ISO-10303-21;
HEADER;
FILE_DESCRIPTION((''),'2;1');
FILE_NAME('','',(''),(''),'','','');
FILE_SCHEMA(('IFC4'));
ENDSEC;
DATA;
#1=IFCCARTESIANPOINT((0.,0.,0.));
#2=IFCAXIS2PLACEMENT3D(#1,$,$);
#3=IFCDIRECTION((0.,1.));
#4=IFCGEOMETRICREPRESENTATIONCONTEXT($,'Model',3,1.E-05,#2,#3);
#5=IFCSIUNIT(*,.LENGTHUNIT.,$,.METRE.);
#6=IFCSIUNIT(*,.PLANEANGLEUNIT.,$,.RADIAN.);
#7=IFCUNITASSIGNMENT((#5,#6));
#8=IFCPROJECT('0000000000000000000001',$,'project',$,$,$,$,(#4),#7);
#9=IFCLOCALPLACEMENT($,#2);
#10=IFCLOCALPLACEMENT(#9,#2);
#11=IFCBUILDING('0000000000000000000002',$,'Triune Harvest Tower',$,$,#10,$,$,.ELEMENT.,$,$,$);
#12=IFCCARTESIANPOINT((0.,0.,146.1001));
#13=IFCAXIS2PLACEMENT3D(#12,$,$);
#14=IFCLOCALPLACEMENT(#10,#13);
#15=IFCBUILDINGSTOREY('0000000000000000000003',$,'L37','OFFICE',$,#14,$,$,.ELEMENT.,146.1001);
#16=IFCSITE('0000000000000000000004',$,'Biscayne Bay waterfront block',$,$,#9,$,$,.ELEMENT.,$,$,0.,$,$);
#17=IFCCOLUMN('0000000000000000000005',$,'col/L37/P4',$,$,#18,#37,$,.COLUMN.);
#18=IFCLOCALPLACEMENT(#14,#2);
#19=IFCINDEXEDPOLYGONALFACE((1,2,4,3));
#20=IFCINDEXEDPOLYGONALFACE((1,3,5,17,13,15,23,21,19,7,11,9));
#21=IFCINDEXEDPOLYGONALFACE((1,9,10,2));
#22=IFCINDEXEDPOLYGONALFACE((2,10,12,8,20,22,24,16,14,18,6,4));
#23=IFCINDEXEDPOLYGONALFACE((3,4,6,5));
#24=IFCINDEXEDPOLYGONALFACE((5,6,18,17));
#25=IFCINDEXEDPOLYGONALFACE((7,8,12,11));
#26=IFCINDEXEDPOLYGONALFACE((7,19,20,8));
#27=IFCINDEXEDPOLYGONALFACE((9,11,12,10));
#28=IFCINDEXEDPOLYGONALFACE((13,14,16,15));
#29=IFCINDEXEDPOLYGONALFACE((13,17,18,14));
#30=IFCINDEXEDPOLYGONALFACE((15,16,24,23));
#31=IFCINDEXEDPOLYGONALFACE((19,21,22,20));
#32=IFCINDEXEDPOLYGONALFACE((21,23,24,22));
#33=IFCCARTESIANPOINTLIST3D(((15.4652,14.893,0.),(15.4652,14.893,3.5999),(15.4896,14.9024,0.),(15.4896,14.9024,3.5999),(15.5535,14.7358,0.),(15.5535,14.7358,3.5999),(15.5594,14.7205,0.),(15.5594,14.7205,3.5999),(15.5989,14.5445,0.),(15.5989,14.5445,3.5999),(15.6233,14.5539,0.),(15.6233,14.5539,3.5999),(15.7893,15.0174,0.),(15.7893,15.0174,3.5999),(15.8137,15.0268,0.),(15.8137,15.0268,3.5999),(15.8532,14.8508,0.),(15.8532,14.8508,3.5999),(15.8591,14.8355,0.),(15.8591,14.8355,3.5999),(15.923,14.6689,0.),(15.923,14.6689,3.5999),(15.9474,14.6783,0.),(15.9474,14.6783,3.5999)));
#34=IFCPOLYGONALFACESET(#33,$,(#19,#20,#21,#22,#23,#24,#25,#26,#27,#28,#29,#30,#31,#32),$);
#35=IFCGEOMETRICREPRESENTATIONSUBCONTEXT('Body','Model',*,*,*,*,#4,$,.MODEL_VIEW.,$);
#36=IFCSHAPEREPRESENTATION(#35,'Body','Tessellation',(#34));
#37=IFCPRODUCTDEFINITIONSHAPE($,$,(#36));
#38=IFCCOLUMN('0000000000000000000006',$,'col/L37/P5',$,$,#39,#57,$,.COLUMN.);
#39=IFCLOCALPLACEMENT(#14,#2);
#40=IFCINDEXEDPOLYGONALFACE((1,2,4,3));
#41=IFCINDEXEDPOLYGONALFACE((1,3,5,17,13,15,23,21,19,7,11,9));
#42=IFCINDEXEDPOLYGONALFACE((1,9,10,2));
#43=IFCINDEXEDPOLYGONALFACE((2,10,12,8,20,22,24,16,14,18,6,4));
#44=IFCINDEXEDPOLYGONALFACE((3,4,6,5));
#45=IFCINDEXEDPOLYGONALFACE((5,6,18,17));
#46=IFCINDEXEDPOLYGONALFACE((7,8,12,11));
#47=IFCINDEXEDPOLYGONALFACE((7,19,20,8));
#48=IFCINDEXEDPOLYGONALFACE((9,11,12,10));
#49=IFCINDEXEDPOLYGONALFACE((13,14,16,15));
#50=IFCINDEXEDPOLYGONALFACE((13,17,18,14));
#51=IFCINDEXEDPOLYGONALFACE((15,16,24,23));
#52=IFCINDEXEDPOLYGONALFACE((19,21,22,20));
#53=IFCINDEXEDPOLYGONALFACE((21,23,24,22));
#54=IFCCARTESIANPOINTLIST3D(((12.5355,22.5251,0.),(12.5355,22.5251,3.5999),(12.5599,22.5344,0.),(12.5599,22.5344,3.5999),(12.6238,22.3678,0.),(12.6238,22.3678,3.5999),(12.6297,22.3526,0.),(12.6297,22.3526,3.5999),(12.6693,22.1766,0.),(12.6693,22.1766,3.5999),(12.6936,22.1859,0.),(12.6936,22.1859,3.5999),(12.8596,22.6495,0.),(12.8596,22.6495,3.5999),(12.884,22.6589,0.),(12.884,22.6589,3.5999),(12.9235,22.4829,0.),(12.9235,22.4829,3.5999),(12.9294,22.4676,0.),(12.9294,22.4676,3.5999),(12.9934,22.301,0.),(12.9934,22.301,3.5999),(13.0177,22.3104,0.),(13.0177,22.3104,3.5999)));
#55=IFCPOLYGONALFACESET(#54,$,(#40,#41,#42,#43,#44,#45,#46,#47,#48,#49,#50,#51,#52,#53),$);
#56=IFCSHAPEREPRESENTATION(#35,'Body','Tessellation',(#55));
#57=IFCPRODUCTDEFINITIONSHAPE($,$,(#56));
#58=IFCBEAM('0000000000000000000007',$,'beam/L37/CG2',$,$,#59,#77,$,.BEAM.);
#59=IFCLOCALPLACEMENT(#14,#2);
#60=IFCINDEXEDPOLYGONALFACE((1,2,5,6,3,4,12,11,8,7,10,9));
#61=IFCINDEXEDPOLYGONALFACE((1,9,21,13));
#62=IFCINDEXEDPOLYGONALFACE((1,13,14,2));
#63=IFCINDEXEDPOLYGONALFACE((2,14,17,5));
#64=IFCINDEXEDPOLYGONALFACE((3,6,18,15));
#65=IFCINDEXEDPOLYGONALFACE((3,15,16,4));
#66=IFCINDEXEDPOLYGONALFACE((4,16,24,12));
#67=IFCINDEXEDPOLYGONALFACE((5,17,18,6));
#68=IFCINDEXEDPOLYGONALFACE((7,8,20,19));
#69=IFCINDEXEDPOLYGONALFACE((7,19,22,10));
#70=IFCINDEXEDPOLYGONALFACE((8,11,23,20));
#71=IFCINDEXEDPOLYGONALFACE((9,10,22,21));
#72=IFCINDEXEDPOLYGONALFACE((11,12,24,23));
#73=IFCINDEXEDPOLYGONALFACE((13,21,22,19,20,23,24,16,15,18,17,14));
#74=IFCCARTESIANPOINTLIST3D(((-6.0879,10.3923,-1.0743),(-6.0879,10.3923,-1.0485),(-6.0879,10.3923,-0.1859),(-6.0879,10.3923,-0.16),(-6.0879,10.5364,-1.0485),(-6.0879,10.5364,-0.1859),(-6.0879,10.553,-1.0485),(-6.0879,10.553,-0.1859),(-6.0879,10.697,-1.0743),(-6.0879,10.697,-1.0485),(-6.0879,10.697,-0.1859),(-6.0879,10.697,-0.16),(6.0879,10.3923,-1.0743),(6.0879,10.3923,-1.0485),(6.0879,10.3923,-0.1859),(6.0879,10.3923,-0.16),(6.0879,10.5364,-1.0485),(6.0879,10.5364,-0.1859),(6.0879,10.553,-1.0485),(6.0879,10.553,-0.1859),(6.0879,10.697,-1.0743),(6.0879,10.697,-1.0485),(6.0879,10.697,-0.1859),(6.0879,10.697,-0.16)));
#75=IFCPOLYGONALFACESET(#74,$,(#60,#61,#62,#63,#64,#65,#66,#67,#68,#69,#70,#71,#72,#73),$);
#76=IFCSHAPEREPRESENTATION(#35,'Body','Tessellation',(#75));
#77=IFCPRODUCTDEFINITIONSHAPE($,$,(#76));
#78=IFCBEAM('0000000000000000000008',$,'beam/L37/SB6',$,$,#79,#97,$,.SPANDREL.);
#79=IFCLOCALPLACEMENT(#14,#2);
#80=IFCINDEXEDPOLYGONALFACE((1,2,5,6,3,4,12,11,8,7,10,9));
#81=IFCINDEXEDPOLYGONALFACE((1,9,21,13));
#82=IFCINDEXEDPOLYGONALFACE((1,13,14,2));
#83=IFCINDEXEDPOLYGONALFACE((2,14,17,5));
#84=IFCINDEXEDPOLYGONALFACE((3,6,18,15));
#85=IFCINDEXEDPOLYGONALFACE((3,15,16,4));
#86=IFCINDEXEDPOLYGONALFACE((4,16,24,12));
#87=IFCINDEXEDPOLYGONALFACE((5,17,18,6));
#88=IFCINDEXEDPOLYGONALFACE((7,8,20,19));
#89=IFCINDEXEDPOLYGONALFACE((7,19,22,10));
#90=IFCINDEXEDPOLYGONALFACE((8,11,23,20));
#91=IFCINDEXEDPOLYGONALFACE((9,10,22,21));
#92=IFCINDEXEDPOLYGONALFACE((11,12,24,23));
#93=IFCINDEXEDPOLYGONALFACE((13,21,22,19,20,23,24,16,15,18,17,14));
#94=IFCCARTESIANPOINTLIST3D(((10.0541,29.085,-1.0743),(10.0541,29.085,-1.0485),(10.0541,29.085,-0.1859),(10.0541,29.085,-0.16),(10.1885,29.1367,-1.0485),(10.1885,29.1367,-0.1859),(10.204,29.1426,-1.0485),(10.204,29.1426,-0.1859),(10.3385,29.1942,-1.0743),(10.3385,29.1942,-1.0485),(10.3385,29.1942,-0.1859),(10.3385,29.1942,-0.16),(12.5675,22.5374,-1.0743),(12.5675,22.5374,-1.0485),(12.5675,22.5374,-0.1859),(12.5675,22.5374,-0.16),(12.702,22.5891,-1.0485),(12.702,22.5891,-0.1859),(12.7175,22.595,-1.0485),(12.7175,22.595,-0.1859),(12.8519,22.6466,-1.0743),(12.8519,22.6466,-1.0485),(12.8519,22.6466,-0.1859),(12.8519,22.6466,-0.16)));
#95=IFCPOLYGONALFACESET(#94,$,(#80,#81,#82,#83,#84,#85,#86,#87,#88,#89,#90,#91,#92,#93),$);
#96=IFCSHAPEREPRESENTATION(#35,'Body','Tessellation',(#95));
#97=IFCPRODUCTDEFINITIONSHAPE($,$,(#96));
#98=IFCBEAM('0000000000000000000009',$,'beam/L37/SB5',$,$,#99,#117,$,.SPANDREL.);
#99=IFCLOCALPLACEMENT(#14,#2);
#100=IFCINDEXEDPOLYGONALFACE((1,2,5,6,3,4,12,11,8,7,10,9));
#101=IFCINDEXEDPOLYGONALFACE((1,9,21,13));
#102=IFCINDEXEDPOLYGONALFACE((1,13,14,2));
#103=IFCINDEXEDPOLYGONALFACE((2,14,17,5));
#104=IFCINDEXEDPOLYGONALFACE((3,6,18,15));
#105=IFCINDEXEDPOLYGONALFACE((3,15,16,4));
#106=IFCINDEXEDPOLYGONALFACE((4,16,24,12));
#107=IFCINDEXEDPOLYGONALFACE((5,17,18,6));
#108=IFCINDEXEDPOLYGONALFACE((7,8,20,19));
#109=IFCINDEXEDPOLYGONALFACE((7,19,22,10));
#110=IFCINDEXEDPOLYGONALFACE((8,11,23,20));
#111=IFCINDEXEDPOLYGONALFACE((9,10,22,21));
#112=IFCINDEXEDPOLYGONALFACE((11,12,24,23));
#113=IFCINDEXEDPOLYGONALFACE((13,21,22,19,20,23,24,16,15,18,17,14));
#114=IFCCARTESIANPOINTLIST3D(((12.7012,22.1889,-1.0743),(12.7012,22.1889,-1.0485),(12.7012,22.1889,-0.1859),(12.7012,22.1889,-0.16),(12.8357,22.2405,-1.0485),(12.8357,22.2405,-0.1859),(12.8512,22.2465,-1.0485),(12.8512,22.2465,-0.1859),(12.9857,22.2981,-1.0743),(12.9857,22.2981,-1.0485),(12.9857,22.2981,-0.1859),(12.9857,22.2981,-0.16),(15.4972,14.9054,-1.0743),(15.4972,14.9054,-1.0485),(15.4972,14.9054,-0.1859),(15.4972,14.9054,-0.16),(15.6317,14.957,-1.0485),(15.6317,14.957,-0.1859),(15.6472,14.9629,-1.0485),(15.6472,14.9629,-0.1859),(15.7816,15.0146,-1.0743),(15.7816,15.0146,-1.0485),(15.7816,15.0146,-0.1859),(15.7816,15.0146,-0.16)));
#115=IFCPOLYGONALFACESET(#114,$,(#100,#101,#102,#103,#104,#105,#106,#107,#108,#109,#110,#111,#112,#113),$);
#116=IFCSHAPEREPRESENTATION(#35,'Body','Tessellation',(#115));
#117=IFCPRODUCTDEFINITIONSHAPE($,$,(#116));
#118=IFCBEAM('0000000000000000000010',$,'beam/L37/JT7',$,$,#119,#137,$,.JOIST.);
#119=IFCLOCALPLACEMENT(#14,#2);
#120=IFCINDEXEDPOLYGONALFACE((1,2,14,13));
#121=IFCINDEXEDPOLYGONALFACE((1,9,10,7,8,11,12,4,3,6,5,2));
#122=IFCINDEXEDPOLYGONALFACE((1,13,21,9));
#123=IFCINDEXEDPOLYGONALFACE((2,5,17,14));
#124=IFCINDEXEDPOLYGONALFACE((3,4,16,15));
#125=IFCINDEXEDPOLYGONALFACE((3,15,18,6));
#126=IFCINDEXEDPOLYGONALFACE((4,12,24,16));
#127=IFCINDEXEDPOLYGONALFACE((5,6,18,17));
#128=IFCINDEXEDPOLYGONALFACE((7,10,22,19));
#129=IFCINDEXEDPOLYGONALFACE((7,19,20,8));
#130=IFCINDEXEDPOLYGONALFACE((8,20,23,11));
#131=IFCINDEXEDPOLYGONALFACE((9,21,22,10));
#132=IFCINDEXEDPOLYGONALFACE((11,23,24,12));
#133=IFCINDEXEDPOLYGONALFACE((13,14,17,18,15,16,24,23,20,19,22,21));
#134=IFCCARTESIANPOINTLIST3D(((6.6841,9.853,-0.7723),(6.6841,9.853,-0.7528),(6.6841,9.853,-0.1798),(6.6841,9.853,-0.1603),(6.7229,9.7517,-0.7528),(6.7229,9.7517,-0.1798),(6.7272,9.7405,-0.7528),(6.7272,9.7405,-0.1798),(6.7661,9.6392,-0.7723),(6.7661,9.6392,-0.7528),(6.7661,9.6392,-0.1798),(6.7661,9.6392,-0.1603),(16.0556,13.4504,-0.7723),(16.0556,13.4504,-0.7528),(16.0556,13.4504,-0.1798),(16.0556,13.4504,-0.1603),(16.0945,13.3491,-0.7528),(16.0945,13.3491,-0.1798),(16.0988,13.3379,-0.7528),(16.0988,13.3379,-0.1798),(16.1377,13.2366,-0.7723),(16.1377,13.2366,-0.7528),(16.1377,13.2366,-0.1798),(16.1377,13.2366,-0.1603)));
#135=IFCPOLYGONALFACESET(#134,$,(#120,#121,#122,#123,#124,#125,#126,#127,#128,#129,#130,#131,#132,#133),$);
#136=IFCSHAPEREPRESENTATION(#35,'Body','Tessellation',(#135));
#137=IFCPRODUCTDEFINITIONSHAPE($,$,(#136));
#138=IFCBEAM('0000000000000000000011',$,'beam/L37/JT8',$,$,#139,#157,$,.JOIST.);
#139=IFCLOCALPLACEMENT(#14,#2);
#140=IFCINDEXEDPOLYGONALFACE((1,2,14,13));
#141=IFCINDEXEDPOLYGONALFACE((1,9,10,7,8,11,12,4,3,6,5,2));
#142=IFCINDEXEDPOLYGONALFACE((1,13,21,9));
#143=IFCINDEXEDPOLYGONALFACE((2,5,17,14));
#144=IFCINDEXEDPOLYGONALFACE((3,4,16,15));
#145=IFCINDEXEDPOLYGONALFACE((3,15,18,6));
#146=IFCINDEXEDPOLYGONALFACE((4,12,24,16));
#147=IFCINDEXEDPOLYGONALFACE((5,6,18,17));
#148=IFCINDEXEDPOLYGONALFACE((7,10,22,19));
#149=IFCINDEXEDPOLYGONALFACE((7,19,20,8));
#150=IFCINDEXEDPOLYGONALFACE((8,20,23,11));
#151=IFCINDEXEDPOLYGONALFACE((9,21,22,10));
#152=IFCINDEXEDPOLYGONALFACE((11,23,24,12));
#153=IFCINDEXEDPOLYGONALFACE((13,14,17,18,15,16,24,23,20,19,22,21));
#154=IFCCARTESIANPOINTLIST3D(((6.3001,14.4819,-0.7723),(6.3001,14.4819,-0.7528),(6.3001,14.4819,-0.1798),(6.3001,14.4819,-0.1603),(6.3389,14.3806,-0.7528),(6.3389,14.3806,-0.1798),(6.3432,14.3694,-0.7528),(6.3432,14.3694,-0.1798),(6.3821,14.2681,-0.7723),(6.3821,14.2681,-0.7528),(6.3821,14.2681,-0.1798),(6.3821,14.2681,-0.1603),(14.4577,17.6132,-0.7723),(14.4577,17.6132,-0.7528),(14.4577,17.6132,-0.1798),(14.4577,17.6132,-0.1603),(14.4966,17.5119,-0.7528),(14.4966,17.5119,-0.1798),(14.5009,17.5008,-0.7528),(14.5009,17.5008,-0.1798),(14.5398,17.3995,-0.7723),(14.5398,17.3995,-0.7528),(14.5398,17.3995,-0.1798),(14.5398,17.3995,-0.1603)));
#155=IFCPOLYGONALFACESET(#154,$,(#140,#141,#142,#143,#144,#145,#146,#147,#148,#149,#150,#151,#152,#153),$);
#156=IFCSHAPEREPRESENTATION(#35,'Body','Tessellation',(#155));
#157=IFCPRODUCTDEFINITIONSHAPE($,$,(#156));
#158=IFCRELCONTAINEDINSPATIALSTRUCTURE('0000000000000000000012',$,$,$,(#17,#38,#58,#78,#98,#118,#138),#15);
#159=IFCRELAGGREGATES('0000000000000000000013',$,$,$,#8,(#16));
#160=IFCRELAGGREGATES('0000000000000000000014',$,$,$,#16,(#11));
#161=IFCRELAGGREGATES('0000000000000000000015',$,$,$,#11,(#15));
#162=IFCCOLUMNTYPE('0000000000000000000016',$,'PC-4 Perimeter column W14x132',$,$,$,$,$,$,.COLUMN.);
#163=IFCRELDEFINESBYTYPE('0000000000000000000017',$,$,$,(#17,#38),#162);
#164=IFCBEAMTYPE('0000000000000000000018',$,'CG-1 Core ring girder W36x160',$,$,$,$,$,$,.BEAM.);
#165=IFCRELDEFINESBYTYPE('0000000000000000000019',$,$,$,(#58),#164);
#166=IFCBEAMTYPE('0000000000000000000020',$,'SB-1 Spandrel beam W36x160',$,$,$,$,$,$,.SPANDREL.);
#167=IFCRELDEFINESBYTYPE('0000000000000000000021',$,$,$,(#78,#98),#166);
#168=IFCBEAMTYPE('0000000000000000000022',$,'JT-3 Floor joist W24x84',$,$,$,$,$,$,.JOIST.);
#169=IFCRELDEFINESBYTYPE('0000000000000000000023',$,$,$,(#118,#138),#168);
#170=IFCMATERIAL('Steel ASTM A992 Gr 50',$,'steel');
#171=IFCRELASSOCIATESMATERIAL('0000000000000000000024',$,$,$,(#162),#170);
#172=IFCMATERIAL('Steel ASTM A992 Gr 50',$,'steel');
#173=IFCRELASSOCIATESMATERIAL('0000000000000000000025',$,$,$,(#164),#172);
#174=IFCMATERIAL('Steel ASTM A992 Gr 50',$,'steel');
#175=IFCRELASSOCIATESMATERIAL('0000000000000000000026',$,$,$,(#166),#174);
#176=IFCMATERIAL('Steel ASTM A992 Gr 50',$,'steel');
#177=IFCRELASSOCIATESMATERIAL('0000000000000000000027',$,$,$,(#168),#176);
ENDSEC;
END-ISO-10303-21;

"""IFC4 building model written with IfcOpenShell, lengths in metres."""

from ifc_helpers import new_model, si_unit, direction, frame, origin, origin_2d, place, context, subcontext, project, spatial, i_section, extrude, source, transform, mapped, material, material_profile, profile_set, type_object, element, save


model = new_model("IFC4")

# Units and contexts
model_context = context("Model", 3, precision=1e-05, world=origin(), true_north=direction((0.0, 1.0)))
body_context = subcontext(model_context, "Body", "Model", "MODEL_VIEW")
ifc_project = project(units=[si_unit("LENGTHUNIT", "METRE"), si_unit("PLANEANGLEUNIT", "RADIAN")], contexts=[model_context])

# Site, building, storey
site_placement = place(None, origin())
site = spatial("IfcSite", under=ifc_project, at=site_placement, Name="Biscayne Bay waterfront block", CompositionType="ELEMENT", RefElevation=0.0)
building_placement = place(site_placement, origin())
building = spatial("IfcBuilding", under=site, at=building_placement, Name="Triune Harvest Tower", CompositionType="ELEMENT")
storey_placement = place(building_placement, frame((0.0, 0.0, 146.1001)))
storey = spatial("IfcBuildingStorey", under=building, at=storey_placement, Name="L37", Description="OFFICE", CompositionType="ELEMENT", Elevation=146.1001)

# Columns
ifc_material_1 = material(Name="Steel ASTM A992 Gr 50", Category="steel")
ifc_material_profile_1 = material_profile(ifc_material_1, i_section(OverallWidth=0.3733, OverallDepth=0.3733, WebThickness=0.0164, FlangeThickness=0.0261, at=origin_2d()), Name="W14x132")
ifc_profile_set_1 = profile_set([ifc_material_profile_1], Name="Steel ASTM A992 Gr 50")
column_type = type_object("IfcColumnType", Name="PC-4 Perimeter column W14x132", PredefinedType="COLUMN", material=ifc_profile_set_1)
shared_shape_1 = source(origin(), body_context, "Body", "SweptSolid", [
    extrude(i_section(OverallWidth=0.3733, OverallDepth=0.3733, WebThickness=0.0164, FlangeThickness=0.0261, at=origin_2d()), origin(), (0.0, 0.0, 1.0), 3.5999),
])
for number, where, z_axis, x_axis, name in (
    (1, (15.7063, 14.7856, 0.0), (0.0, 0.0, 1.0), (-0.358368, 0.93358, 0.0), "col/L37/P4"),
    (2, (12.7766, 22.4177, 0.0), (0.0, 0.0, 1.0), (-0.358368, 0.93358, 0.0), "col/L37/P5"),
):
    element("IfcColumn", number, at=place(storey_placement, frame(where, z_axis=z_axis, x_axis=x_axis)), inside=storey, type_object=column_type, Name=name, PredefinedType="COLUMN", context=body_context, shape_type="MappedRepresentation", body=[
        mapped(shared_shape_1, transform((0.0, 0.0, 0.0), scale=1.0)),
    ])

# Beams
ifc_material_2 = material(Name="Steel ASTM A992 Gr 50", Category="steel")
ifc_material_profile_2 = material_profile(ifc_material_2, i_section(OverallWidth=0.3047, OverallDepth=0.9143, WebThickness=0.0166, FlangeThickness=0.0259, at=origin_2d()), Name="W36x160")
ifc_profile_set_2 = profile_set([ifc_material_profile_2], Name="Steel ASTM A992 Gr 50")
beam_type_1 = type_object("IfcBeamType", Name="CG-1 Core ring girder W36x160", PredefinedType="BEAM", material=ifc_profile_set_2)
shared_shape_2 = source(origin(), body_context, "Body", "SweptSolid", [
    extrude(i_section(OverallWidth=0.3047, OverallDepth=0.9143, WebThickness=0.0166, FlangeThickness=0.0259, at=origin_2d()), origin(), (0.0, 0.0, 1.0), 12.1758),
])
beam_1_placement = place(storey_placement, frame((6.0879, 10.5447, -0.6172), z_axis=(-1.0, 0.0, 0.0), x_axis=(0.0, -1.0, 0.0)))
element("IfcBeam", 3, at=beam_1_placement, inside=storey, type_object=beam_type_1, Name="beam/L37/CG2", PredefinedType="BEAM", context=body_context, shape_type="MappedRepresentation", body=[
    mapped(shared_shape_2, transform((0.0, 0.0, 0.0), scale=1.0)),
])
ifc_material_3 = material(Name="Steel ASTM A992 Gr 50", Category="steel")
ifc_material_profile_3 = material_profile(ifc_material_3, i_section(OverallWidth=0.3047, OverallDepth=0.9143, WebThickness=0.0166, FlangeThickness=0.0259, at=origin_2d()), Name="W36x160")
ifc_profile_set_3 = profile_set([ifc_material_profile_3], Name="Steel ASTM A992 Gr 50")
beam_type_2 = type_object("IfcBeamType", Name="SB-1 Spandrel beam W36x160", PredefinedType="SPANDREL", material=ifc_profile_set_3)
shared_shape_3 = source(origin(), body_context, "Body", "SweptSolid", [
    extrude(i_section(OverallWidth=0.3047, OverallDepth=0.9143, WebThickness=0.0166, FlangeThickness=0.0259, at=origin_2d()), origin(), (0.0, 0.0, 1.0), 7.0134),
])
beam_2_placement = place(storey_placement, frame((12.7097, 22.592, -0.6172), z_axis=(-0.358373, 0.933579, 0.0), x_axis=(-0.933579, -0.358373, 0.0)))
element("IfcBeam", 4, at=beam_2_placement, inside=storey, type_object=beam_type_2, Name="beam/L37/SB6", PredefinedType="SPANDREL", context=body_context, shape_type="MappedRepresentation", body=[
    mapped(shared_shape_3, transform((0.0, 0.0, 0.0), scale=1.0)),
])
shared_shape_4 = source(origin(), body_context, "Body", "SweptSolid", [
    extrude(i_section(OverallWidth=0.3047, OverallDepth=0.9143, WebThickness=0.0166, FlangeThickness=0.0259, at=origin_2d()), origin(), (0.0, 0.0, 1.0), 7.8018),
])
beam_3_placement = place(storey_placement, frame((15.6394, 14.96, -0.6172), z_axis=(-0.358373, 0.933578, 0.0), x_axis=(-0.933578, -0.358373, 0.0)))
element("IfcBeam", 5, at=beam_3_placement, inside=storey, type_object=beam_type_2, Name="beam/L37/SB5", PredefinedType="SPANDREL", context=body_context, shape_type="MappedRepresentation", body=[
    mapped(shared_shape_4, transform((0.0, 0.0, 0.0), scale=1.0)),
])
ifc_material_4 = material(Name="Steel ASTM A992 Gr 50", Category="steel")
ifc_material_profile_4 = material_profile(ifc_material_4, i_section(OverallWidth=0.229, OverallDepth=0.6121, WebThickness=0.012, FlangeThickness=0.0195, at=origin_2d()), Name="W24x84")
ifc_profile_set_4 = profile_set([ifc_material_profile_4], Name="Steel ASTM A992 Gr 50")
beam_type_3 = type_object("IfcBeamType", Name="JT-3 Floor joist W24x84", PredefinedType="JOIST", material=ifc_profile_set_4)
shared_shape_5 = source(origin(), body_context, "Body", "SweptSolid", [
    extrude(i_section(OverallWidth=0.229, OverallDepth=0.6121, WebThickness=0.012, FlangeThickness=0.0195, at=origin_2d()), origin(), (0.0, 0.0, 1.0), 10.0383),
])
beam_4_placement = place(storey_placement, frame((16.0967, 13.3435, -0.4663), z_axis=(-0.93358, -0.358368, 0.0), x_axis=(0.358368, -0.93358, 0.0)))
element("IfcBeam", 6, at=beam_4_placement, inside=storey, type_object=beam_type_3, Name="beam/L37/JT7", PredefinedType="JOIST", context=body_context, shape_type="MappedRepresentation", body=[
    mapped(shared_shape_5, transform((0.0, 0.0, 0.0), scale=1.0)),
])
shared_shape_6 = source(origin(), body_context, "Body", "SweptSolid", [
    extrude(i_section(OverallWidth=0.229, OverallDepth=0.6121, WebThickness=0.012, FlangeThickness=0.0195, at=origin_2d()), origin(), (0.0, 0.0, 1.0), 8.738),
])
beam_5_placement = place(storey_placement, frame((14.4988, 17.5063, -0.4663), z_axis=(-0.933584, -0.358357, 0.0), x_axis=(0.358357, -0.933584, 0.0)))
element("IfcBeam", 7, at=beam_5_placement, inside=storey, type_object=beam_type_3, Name="beam/L37/JT8", PredefinedType="JOIST", context=body_context, shape_type="MappedRepresentation", body=[
    mapped(shared_shape_6, transform((0.0, 0.0, 0.0), scale=1.0)),
])

save(model, "model.ifc")
